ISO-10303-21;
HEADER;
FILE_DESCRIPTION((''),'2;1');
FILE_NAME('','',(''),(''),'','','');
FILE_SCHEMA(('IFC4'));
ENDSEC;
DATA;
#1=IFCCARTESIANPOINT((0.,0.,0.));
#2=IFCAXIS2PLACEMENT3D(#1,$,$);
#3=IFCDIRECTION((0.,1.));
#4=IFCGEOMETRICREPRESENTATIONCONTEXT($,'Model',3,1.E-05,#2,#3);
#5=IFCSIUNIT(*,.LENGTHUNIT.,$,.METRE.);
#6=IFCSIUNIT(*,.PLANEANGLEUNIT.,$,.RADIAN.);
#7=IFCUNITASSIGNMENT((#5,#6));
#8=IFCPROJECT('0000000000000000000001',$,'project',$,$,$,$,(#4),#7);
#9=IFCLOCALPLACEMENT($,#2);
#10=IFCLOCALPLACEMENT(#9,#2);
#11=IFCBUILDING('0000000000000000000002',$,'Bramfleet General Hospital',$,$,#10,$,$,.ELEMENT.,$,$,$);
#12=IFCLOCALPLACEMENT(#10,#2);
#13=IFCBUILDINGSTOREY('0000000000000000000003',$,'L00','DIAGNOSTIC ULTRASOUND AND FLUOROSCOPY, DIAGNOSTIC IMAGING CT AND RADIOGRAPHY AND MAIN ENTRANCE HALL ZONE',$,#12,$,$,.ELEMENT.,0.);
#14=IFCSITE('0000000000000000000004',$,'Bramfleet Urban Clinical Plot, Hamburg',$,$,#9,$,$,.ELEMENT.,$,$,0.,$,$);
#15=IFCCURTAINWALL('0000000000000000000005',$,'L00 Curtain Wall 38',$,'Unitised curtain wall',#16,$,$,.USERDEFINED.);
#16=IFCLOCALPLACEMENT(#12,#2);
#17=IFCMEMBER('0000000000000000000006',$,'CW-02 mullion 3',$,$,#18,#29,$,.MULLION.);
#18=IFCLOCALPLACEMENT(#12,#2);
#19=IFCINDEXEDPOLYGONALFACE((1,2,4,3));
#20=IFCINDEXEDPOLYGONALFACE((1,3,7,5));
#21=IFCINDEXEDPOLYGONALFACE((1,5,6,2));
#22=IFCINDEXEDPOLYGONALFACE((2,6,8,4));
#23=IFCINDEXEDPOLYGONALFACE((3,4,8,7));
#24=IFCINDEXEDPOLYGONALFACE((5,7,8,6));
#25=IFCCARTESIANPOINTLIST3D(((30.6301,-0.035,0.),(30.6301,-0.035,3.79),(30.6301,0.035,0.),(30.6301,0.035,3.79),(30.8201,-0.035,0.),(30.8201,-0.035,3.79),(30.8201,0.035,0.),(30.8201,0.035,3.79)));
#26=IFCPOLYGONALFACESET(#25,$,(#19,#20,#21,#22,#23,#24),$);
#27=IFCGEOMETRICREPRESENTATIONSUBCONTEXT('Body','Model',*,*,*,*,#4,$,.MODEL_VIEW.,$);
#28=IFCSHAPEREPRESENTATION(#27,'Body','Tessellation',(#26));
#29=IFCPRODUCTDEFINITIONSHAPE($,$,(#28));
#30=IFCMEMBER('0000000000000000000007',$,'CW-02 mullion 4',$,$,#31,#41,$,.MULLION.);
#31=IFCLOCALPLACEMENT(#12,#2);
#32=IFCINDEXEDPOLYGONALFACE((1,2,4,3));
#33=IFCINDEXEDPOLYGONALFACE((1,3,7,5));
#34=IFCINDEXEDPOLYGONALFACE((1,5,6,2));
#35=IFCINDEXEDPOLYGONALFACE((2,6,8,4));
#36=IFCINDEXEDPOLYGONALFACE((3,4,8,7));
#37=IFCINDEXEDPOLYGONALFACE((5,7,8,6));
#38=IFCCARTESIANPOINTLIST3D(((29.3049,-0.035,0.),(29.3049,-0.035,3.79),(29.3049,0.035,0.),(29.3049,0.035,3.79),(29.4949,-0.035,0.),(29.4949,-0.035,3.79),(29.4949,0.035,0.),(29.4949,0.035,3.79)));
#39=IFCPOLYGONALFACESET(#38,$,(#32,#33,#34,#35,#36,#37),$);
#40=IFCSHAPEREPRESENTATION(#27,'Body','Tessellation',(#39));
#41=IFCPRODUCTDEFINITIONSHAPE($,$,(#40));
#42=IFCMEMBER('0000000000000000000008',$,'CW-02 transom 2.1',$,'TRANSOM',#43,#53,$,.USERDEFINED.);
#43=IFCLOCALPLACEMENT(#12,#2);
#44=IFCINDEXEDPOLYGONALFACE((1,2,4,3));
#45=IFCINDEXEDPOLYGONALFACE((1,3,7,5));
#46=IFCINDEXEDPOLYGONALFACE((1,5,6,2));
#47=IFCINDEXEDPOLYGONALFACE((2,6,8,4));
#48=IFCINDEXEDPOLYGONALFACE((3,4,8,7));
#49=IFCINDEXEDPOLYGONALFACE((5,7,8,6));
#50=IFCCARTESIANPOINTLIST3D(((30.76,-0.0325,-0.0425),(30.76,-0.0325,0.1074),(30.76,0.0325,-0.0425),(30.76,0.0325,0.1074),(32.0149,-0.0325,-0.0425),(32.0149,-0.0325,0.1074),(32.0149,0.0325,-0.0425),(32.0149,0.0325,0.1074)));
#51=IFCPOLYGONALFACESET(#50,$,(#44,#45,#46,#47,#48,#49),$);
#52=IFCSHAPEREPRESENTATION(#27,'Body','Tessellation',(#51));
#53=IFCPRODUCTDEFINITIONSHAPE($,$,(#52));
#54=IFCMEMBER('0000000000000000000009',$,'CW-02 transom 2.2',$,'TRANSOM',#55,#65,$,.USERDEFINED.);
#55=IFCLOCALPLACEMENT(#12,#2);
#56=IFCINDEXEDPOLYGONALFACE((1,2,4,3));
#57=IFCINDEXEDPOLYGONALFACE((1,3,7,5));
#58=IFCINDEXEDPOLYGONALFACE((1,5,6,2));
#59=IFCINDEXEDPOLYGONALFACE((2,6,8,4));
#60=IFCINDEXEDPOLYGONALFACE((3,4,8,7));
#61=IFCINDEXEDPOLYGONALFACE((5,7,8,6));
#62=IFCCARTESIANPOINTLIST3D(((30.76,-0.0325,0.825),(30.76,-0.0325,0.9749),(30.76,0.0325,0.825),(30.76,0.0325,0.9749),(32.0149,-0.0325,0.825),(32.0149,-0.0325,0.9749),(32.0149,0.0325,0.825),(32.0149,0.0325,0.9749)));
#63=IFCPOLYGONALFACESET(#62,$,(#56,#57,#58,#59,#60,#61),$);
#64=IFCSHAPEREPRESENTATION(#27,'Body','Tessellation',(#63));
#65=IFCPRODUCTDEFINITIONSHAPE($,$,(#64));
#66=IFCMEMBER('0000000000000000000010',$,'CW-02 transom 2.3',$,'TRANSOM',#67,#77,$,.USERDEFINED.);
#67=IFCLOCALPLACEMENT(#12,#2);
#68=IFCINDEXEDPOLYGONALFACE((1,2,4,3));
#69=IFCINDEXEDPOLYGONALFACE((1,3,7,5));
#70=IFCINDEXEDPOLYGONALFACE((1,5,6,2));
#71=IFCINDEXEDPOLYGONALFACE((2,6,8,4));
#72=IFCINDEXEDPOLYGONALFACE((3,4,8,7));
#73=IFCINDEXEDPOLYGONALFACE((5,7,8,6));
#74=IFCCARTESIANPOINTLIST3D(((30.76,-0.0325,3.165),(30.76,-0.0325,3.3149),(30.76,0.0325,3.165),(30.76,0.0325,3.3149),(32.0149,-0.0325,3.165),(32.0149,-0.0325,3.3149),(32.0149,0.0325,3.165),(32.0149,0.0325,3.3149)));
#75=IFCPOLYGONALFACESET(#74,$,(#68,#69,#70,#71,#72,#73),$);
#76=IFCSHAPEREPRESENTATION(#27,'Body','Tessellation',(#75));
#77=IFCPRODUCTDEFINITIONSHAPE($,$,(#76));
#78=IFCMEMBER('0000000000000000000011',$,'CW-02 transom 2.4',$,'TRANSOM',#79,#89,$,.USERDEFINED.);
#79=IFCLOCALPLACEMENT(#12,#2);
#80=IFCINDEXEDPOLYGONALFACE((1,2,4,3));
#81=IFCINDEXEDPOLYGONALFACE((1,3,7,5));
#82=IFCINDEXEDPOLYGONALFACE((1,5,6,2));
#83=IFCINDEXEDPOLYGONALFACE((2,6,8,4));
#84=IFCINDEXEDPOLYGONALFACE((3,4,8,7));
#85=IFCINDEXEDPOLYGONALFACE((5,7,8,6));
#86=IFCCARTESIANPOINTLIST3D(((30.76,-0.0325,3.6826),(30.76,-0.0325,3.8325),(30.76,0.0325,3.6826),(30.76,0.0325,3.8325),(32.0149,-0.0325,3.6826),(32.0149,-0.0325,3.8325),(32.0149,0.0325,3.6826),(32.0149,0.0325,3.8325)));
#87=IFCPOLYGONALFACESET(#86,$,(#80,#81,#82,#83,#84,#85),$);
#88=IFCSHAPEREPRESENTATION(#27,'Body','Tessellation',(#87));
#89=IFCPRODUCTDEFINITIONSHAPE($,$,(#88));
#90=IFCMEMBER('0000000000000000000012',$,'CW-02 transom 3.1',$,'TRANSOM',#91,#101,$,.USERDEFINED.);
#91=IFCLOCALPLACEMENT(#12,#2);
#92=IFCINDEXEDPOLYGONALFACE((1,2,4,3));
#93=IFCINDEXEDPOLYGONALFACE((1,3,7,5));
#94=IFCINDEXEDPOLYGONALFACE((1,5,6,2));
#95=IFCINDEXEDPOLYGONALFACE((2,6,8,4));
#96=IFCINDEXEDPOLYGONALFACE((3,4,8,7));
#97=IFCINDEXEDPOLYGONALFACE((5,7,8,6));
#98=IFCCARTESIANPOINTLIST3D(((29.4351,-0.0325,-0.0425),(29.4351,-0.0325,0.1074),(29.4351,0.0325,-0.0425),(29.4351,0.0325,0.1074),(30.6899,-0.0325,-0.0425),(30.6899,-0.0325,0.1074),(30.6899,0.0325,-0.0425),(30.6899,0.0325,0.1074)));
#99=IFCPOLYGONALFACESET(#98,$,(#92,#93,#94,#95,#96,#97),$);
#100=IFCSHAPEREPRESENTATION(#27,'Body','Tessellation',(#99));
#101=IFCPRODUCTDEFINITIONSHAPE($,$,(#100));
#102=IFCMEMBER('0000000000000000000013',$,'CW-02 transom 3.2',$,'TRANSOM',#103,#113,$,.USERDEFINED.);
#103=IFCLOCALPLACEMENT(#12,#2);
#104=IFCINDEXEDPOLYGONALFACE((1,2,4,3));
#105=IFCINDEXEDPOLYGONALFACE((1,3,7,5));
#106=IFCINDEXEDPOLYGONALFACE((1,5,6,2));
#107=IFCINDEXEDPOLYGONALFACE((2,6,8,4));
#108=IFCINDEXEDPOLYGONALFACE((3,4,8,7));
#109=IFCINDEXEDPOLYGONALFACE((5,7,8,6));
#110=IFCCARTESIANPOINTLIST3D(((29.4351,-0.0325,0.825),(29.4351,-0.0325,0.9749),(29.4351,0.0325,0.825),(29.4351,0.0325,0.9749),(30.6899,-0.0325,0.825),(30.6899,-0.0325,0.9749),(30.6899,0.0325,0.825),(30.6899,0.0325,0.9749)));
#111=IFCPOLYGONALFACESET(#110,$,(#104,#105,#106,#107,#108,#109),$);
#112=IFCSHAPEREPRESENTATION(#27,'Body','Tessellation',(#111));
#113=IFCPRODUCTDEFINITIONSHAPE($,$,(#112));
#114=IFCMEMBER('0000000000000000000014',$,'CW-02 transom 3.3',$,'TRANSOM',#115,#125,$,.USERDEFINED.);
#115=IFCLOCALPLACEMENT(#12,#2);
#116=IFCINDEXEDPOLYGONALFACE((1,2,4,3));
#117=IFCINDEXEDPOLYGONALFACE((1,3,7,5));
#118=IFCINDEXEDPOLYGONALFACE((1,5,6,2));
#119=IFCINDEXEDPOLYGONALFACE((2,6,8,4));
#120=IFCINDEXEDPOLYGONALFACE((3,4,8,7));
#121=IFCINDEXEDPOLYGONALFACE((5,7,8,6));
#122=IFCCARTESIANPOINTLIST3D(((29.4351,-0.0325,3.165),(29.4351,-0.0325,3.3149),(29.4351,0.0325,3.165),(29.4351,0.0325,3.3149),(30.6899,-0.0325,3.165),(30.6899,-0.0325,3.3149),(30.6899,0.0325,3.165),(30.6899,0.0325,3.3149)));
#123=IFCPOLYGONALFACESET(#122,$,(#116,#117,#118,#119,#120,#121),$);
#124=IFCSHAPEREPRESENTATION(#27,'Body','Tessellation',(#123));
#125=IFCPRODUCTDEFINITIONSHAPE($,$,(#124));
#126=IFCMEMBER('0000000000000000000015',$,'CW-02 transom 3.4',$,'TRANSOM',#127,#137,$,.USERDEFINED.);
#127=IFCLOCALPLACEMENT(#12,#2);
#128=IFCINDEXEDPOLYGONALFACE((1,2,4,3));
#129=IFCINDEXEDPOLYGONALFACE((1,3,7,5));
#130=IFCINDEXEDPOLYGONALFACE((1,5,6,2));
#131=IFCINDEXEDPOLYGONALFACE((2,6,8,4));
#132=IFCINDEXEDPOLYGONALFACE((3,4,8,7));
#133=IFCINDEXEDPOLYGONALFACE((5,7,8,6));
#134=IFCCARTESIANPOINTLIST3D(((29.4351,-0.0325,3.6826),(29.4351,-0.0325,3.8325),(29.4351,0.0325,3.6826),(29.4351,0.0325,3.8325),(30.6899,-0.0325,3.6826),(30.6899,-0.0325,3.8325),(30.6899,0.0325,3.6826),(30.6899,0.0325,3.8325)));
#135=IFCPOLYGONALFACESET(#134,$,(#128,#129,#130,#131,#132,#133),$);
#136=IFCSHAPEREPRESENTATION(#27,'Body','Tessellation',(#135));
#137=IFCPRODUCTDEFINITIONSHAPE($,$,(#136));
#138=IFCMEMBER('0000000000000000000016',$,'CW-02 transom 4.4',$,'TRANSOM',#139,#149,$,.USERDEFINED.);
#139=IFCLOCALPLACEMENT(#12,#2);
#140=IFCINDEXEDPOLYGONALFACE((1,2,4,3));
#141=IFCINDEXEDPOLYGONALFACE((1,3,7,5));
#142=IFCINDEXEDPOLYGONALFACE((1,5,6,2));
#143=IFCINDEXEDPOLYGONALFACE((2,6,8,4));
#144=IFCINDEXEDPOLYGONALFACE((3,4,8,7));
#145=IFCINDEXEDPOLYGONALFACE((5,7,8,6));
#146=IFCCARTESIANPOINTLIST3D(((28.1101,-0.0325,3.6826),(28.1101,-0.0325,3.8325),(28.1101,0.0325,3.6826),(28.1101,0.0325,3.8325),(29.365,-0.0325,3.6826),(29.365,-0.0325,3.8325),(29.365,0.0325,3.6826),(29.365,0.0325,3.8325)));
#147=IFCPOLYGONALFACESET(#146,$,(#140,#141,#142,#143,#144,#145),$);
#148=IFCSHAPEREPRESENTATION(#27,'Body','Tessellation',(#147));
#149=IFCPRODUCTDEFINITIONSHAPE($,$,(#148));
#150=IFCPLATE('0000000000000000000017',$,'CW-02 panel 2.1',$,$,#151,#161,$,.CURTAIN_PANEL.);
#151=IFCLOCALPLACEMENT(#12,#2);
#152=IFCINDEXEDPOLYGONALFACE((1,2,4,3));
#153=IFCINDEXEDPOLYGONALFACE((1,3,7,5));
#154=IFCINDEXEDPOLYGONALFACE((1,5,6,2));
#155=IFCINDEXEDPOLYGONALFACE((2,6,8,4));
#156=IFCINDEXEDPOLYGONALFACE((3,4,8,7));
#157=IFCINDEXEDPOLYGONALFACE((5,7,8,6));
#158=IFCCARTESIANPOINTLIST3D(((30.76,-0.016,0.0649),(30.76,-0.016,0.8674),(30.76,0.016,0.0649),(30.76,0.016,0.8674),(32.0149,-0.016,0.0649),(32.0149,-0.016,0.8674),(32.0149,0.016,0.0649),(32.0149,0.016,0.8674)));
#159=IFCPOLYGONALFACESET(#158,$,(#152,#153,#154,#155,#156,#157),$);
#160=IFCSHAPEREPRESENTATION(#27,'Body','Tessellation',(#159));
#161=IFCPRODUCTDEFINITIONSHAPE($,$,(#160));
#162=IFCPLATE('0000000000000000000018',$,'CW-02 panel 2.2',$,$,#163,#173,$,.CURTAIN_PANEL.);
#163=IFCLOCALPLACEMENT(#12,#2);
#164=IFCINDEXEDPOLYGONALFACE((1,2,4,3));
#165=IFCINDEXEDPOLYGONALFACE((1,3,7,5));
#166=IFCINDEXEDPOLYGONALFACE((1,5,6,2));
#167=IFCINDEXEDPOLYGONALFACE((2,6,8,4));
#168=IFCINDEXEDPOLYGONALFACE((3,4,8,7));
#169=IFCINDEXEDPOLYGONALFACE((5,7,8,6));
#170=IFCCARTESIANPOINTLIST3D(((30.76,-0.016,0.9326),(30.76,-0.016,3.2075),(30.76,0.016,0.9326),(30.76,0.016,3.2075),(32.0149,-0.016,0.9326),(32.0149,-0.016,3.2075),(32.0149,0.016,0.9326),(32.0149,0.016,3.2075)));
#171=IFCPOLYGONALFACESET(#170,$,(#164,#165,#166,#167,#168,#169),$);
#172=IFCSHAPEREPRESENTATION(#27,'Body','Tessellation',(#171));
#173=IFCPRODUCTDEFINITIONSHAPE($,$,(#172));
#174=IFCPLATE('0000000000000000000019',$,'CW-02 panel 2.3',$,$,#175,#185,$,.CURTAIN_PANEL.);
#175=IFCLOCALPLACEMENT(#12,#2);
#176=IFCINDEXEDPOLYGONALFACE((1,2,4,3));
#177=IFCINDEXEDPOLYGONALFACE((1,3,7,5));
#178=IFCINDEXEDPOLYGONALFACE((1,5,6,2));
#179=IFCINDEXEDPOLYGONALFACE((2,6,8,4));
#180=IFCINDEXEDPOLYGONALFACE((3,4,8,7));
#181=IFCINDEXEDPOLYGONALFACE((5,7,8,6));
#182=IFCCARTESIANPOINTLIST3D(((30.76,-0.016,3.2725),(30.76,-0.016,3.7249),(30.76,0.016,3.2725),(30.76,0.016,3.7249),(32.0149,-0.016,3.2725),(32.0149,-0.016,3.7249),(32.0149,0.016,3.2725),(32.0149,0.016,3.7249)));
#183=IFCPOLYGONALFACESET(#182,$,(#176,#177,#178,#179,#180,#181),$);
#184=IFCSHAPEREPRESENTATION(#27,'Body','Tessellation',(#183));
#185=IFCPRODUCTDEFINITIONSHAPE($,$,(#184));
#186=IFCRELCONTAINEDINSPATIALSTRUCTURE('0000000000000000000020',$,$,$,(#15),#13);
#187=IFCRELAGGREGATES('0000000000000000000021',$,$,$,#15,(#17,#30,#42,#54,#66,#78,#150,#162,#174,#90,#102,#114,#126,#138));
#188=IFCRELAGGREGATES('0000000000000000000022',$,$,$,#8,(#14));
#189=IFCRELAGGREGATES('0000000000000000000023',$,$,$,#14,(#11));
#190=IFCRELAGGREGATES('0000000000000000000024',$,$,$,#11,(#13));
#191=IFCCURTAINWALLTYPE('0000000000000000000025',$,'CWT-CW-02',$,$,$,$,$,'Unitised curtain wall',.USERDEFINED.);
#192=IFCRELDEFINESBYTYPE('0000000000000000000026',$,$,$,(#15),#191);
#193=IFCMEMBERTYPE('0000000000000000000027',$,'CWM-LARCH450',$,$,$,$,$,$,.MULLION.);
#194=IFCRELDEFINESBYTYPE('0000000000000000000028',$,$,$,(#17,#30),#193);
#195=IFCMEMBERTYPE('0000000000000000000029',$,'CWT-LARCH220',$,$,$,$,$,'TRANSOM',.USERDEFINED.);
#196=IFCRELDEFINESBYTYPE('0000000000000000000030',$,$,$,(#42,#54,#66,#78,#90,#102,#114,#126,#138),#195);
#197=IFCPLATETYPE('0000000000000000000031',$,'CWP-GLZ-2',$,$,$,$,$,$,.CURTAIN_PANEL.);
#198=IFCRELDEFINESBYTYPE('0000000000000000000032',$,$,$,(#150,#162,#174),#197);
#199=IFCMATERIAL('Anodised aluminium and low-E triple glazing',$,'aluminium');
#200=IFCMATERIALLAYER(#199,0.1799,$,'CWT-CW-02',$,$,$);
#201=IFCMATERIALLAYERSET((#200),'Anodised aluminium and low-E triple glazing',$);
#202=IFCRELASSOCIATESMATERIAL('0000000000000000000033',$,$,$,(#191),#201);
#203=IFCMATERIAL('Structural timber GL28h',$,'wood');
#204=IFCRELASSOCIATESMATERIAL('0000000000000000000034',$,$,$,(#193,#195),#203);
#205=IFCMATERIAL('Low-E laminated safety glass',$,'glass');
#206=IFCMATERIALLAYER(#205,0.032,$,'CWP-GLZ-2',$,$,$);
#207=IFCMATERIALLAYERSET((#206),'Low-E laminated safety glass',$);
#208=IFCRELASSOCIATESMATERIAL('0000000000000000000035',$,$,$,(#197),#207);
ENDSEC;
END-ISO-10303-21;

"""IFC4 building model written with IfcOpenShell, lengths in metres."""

from ifc_helpers import new_model, si_unit, direction, frame, origin, origin_2d, place, context, subcontext, project, spatial, rectangle, extrude, material, layer, layer_set, material_profile, profile_set, type_object, element, aggregate, save


model = new_model("IFC4")

# Units and contexts
model_context = context("Model", 3, precision=1e-05, world=origin(), true_north=direction((0.0, 1.0)))
body_context = subcontext(model_context, "Body", "Model", "MODEL_VIEW")
ifc_project = project(units=[si_unit("LENGTHUNIT", "METRE"), si_unit("PLANEANGLEUNIT", "RADIAN")], contexts=[model_context])

# Site, building, storey
site_placement = place(None, origin())
site = spatial("IfcSite", under=ifc_project, at=site_placement, Name="Bramfleet Urban Clinical Plot, Hamburg", CompositionType="ELEMENT", RefElevation=0.0)
building_placement = place(site_placement, origin())
building = spatial("IfcBuilding", under=site, at=building_placement, Name="Bramfleet General Hospital", CompositionType="ELEMENT")
storey_placement = place(building_placement, origin())
storey = spatial("IfcBuildingStorey", under=building, at=storey_placement, Name="L00", Description="DIAGNOSTIC ULTRASOUND AND FLUOROSCOPY, DIAGNOSTIC IMAGING CT AND RADIOGRAPHY AND MAIN ENTRANCE HALL ZONE", CompositionType="ELEMENT", Elevation=0.0)

# Curtain wall, members, plates
ifc_material_1 = material(Name="Anodised aluminium and low-E triple glazing", Category="aluminium")
ifc_layer_1 = layer(ifc_material_1, 0.1799, Name="CWT-CW-02")
ifc_layer_set_1 = layer_set([ifc_layer_1], Name="Anodised aluminium and low-E triple glazing")
curtain_wall_type = type_object("IfcCurtainWallType", Name="CWT-CW-02", ElementType="Unitised curtain wall", PredefinedType="USERDEFINED", material=ifc_layer_set_1)
curtain_wall_placement = place(storey_placement, origin())
curtain_wall = element("IfcCurtainWall", 1, at=curtain_wall_placement, inside=storey, type_object=curtain_wall_type, Name="L00 Curtain Wall 38", ObjectType="Unitised curtain wall", PredefinedType="USERDEFINED")
ifc_material_2 = material(Name="Structural timber GL28h", Category="wood")
ifc_material_profile_1 = material_profile(ifc_material_2, rectangle(XDim=0.0701, YDim=0.1899, at=origin_2d()), Name="LARCH 190x70")
ifc_profile_set_1 = profile_set([ifc_material_profile_1], Name="Structural timber GL28h")
member_type_1 = type_object("IfcMemberType", Name="CWM-LARCH450", PredefinedType="MULLION", material=ifc_profile_set_1)
member_1_placement = place(storey_placement, frame((30.7251, 0.0, 0.0), z_axis=(0.0, 0.0, 1.0), x_axis=(0.0, -1.0, 0.0)))
member_1 = element("IfcMember", 2, at=member_1_placement, type_object=member_type_1, Name="CW-02 mullion 3", PredefinedType="MULLION", context=body_context, shape_type="SweptSolid", body=[
    extrude(rectangle(XDim=0.0701, YDim=0.1899, at=origin_2d()), origin(), (0.0, 0.0, 1.0), 3.79),
])
member_2_placement = place(storey_placement, frame((29.3999, 0.0, 0.0), z_axis=(0.0, 0.0, 1.0), x_axis=(0.0, -1.0, 0.0)))
member_2 = element("IfcMember", 3, at=member_2_placement, type_object=member_type_1, Name="CW-02 mullion 4", PredefinedType="MULLION", context=body_context, shape_type="SweptSolid", body=[
    extrude(rectangle(XDim=0.0701, YDim=0.1899, at=origin_2d()), origin(), (0.0, 0.0, 1.0), 3.79),
])
ifc_material_profile_2 = material_profile(ifc_material_2, rectangle(XDim=0.0649, YDim=0.1499, at=origin_2d()), Name="LARCH 150x65")
ifc_profile_set_2 = profile_set([ifc_material_profile_2], Name="Structural timber GL28h")
member_type_2 = type_object("IfcMemberType", Name="CWT-LARCH220", ElementType="TRANSOM", PredefinedType="USERDEFINED", material=ifc_profile_set_2)
member_3_placement = place(storey_placement, frame((32.0149, 0.0, 0.0325), z_axis=(-1.0, 0.0, 0.0), x_axis=(0.0, -1.0, 0.0)))
member_3 = element("IfcMember", 4, at=member_3_placement, type_object=member_type_2, Name="CW-02 transom 2.1", ObjectType="TRANSOM", PredefinedType="USERDEFINED", context=body_context, shape_type="SweptSolid", body=[
    extrude(rectangle(XDim=0.0649, YDim=0.1499, at=origin_2d()), origin(), (0.0, 0.0, 1.0), 1.2549),
])
member_4_placement = place(storey_placement, frame((32.0149, 0.0, 0.8999), z_axis=(-1.0, 0.0, 0.0), x_axis=(0.0, -1.0, 0.0)))
member_4 = element("IfcMember", 5, at=member_4_placement, type_object=member_type_2, Name="CW-02 transom 2.2", ObjectType="TRANSOM", PredefinedType="USERDEFINED", context=body_context, shape_type="SweptSolid", body=[
    extrude(rectangle(XDim=0.0649, YDim=0.1499, at=origin_2d()), origin(), (0.0, 0.0, 1.0), 1.2549),
])
member_5_placement = place(storey_placement, frame((32.0149, 0.0, 3.24), z_axis=(-1.0, 0.0, 0.0), x_axis=(0.0, -1.0, 0.0)))
member_5 = element("IfcMember", 6, at=member_5_placement, type_object=member_type_2, Name="CW-02 transom 2.3", ObjectType="TRANSOM", PredefinedType="USERDEFINED", context=body_context, shape_type="SweptSolid", body=[
    extrude(rectangle(XDim=0.0649, YDim=0.1499, at=origin_2d()), origin(), (0.0, 0.0, 1.0), 1.2549),
])
member_6_placement = place(storey_placement, frame((32.0149, 0.0, 3.7576), z_axis=(-1.0, 0.0, 0.0), x_axis=(0.0, -1.0, 0.0)))
member_6 = element("IfcMember", 7, at=member_6_placement, type_object=member_type_2, Name="CW-02 transom 2.4", ObjectType="TRANSOM", PredefinedType="USERDEFINED", context=body_context, shape_type="SweptSolid", body=[
    extrude(rectangle(XDim=0.0649, YDim=0.1499, at=origin_2d()), origin(), (0.0, 0.0, 1.0), 1.2549),
])
member_7_placement = place(storey_placement, frame((30.6899, 0.0, 0.0325), z_axis=(-1.0, 0.0, 0.0), x_axis=(0.0, -1.0, 0.0)))
member_7 = element("IfcMember", 8, at=member_7_placement, type_object=member_type_2, Name="CW-02 transom 3.1", ObjectType="TRANSOM", PredefinedType="USERDEFINED", context=body_context, shape_type="SweptSolid", body=[
    extrude(rectangle(XDim=0.0649, YDim=0.1499, at=origin_2d()), origin(), (0.0, 0.0, 1.0), 1.2549),
])
member_8_placement = place(storey_placement, frame((30.6899, 0.0, 0.8999), z_axis=(-1.0, 0.0, 0.0), x_axis=(0.0, -1.0, 0.0)))
member_8 = element("IfcMember", 9, at=member_8_placement, type_object=member_type_2, Name="CW-02 transom 3.2", ObjectType="TRANSOM", PredefinedType="USERDEFINED", context=body_context, shape_type="SweptSolid", body=[
    extrude(rectangle(XDim=0.0649, YDim=0.1499, at=origin_2d()), origin(), (0.0, 0.0, 1.0), 1.2549),
])
member_9_placement = place(storey_placement, frame((30.6899, 0.0, 3.24), z_axis=(-1.0, 0.0, 0.0), x_axis=(0.0, -1.0, 0.0)))
member_9 = element("IfcMember", 10, at=member_9_placement, type_object=member_type_2, Name="CW-02 transom 3.3", ObjectType="TRANSOM", PredefinedType="USERDEFINED", context=body_context, shape_type="SweptSolid", body=[
    extrude(rectangle(XDim=0.0649, YDim=0.1499, at=origin_2d()), origin(), (0.0, 0.0, 1.0), 1.2549),
])
member_10_placement = place(storey_placement, frame((30.6899, 0.0, 3.7576), z_axis=(-1.0, 0.0, 0.0), x_axis=(0.0, -1.0, 0.0)))
member_10 = element("IfcMember", 11, at=member_10_placement, type_object=member_type_2, Name="CW-02 transom 3.4", ObjectType="TRANSOM", PredefinedType="USERDEFINED", context=body_context, shape_type="SweptSolid", body=[
    extrude(rectangle(XDim=0.0649, YDim=0.1499, at=origin_2d()), origin(), (0.0, 0.0, 1.0), 1.2549),
])
member_11_placement = place(storey_placement, frame((29.365, 0.0, 3.7576), z_axis=(-1.0, 0.0, 0.0), x_axis=(0.0, -1.0, 0.0)))
member_11 = element("IfcMember", 12, at=member_11_placement, type_object=member_type_2, Name="CW-02 transom 4.4", ObjectType="TRANSOM", PredefinedType="USERDEFINED", context=body_context, shape_type="SweptSolid", body=[
    extrude(rectangle(XDim=0.0649, YDim=0.1499, at=origin_2d()), origin(), (0.0, 0.0, 1.0), 1.2549),
])
ifc_material_3 = material(Name="Low-E laminated safety glass", Category="glass")
ifc_layer_2 = layer(ifc_material_3, 0.032, Name="CWP-GLZ-2")
ifc_layer_set_2 = layer_set([ifc_layer_2], Name="Low-E laminated safety glass")
plate_type = type_object("IfcPlateType", Name="CWP-GLZ-2", PredefinedType="CURTAIN_PANEL", material=ifc_layer_set_2)
plate_1_placement = place(storey_placement, frame((31.3875, 0.0, 0.0649), z_axis=(0.0, 0.0, 1.0), x_axis=(-1.0, 0.0, 0.0)))
plate_1 = element("IfcPlate", 13, at=plate_1_placement, type_object=plate_type, Name="CW-02 panel 2.1", PredefinedType="CURTAIN_PANEL", context=body_context, shape_type="SweptSolid", body=[
    extrude(rectangle(XDim=1.2549, YDim=0.032, at=origin_2d()), origin(), (0.0, 0.0, 1.0), 0.8025),
])
plate_2_placement = place(storey_placement, frame((31.3875, 0.0, 0.9326), z_axis=(0.0, 0.0, 1.0), x_axis=(-1.0, 0.0, 0.0)))
plate_2 = element("IfcPlate", 14, at=plate_2_placement, type_object=plate_type, Name="CW-02 panel 2.2", PredefinedType="CURTAIN_PANEL", context=body_context, shape_type="SweptSolid", body=[
    extrude(rectangle(XDim=1.2549, YDim=0.032, at=origin_2d()), origin(), (0.0, 0.0, 1.0), 2.2749),
])
plate_3_placement = place(storey_placement, frame((31.3875, 0.0, 3.2725), z_axis=(0.0, 0.0, 1.0), x_axis=(-1.0, 0.0, 0.0)))
plate_3 = element("IfcPlate", 15, at=plate_3_placement, type_object=plate_type, Name="CW-02 panel 2.3", PredefinedType="CURTAIN_PANEL", context=body_context, shape_type="SweptSolid", body=[
    extrude(rectangle(XDim=1.2549, YDim=0.032, at=origin_2d()), origin(), (0.0, 0.0, 1.0), 0.4524),
])
aggregate(curtain_wall, [member_1, member_2, member_3, member_4, member_5, member_6, plate_1, plate_2, plate_3, member_7, member_8, member_9, member_10, member_11])

save(model, "model.ifc")
